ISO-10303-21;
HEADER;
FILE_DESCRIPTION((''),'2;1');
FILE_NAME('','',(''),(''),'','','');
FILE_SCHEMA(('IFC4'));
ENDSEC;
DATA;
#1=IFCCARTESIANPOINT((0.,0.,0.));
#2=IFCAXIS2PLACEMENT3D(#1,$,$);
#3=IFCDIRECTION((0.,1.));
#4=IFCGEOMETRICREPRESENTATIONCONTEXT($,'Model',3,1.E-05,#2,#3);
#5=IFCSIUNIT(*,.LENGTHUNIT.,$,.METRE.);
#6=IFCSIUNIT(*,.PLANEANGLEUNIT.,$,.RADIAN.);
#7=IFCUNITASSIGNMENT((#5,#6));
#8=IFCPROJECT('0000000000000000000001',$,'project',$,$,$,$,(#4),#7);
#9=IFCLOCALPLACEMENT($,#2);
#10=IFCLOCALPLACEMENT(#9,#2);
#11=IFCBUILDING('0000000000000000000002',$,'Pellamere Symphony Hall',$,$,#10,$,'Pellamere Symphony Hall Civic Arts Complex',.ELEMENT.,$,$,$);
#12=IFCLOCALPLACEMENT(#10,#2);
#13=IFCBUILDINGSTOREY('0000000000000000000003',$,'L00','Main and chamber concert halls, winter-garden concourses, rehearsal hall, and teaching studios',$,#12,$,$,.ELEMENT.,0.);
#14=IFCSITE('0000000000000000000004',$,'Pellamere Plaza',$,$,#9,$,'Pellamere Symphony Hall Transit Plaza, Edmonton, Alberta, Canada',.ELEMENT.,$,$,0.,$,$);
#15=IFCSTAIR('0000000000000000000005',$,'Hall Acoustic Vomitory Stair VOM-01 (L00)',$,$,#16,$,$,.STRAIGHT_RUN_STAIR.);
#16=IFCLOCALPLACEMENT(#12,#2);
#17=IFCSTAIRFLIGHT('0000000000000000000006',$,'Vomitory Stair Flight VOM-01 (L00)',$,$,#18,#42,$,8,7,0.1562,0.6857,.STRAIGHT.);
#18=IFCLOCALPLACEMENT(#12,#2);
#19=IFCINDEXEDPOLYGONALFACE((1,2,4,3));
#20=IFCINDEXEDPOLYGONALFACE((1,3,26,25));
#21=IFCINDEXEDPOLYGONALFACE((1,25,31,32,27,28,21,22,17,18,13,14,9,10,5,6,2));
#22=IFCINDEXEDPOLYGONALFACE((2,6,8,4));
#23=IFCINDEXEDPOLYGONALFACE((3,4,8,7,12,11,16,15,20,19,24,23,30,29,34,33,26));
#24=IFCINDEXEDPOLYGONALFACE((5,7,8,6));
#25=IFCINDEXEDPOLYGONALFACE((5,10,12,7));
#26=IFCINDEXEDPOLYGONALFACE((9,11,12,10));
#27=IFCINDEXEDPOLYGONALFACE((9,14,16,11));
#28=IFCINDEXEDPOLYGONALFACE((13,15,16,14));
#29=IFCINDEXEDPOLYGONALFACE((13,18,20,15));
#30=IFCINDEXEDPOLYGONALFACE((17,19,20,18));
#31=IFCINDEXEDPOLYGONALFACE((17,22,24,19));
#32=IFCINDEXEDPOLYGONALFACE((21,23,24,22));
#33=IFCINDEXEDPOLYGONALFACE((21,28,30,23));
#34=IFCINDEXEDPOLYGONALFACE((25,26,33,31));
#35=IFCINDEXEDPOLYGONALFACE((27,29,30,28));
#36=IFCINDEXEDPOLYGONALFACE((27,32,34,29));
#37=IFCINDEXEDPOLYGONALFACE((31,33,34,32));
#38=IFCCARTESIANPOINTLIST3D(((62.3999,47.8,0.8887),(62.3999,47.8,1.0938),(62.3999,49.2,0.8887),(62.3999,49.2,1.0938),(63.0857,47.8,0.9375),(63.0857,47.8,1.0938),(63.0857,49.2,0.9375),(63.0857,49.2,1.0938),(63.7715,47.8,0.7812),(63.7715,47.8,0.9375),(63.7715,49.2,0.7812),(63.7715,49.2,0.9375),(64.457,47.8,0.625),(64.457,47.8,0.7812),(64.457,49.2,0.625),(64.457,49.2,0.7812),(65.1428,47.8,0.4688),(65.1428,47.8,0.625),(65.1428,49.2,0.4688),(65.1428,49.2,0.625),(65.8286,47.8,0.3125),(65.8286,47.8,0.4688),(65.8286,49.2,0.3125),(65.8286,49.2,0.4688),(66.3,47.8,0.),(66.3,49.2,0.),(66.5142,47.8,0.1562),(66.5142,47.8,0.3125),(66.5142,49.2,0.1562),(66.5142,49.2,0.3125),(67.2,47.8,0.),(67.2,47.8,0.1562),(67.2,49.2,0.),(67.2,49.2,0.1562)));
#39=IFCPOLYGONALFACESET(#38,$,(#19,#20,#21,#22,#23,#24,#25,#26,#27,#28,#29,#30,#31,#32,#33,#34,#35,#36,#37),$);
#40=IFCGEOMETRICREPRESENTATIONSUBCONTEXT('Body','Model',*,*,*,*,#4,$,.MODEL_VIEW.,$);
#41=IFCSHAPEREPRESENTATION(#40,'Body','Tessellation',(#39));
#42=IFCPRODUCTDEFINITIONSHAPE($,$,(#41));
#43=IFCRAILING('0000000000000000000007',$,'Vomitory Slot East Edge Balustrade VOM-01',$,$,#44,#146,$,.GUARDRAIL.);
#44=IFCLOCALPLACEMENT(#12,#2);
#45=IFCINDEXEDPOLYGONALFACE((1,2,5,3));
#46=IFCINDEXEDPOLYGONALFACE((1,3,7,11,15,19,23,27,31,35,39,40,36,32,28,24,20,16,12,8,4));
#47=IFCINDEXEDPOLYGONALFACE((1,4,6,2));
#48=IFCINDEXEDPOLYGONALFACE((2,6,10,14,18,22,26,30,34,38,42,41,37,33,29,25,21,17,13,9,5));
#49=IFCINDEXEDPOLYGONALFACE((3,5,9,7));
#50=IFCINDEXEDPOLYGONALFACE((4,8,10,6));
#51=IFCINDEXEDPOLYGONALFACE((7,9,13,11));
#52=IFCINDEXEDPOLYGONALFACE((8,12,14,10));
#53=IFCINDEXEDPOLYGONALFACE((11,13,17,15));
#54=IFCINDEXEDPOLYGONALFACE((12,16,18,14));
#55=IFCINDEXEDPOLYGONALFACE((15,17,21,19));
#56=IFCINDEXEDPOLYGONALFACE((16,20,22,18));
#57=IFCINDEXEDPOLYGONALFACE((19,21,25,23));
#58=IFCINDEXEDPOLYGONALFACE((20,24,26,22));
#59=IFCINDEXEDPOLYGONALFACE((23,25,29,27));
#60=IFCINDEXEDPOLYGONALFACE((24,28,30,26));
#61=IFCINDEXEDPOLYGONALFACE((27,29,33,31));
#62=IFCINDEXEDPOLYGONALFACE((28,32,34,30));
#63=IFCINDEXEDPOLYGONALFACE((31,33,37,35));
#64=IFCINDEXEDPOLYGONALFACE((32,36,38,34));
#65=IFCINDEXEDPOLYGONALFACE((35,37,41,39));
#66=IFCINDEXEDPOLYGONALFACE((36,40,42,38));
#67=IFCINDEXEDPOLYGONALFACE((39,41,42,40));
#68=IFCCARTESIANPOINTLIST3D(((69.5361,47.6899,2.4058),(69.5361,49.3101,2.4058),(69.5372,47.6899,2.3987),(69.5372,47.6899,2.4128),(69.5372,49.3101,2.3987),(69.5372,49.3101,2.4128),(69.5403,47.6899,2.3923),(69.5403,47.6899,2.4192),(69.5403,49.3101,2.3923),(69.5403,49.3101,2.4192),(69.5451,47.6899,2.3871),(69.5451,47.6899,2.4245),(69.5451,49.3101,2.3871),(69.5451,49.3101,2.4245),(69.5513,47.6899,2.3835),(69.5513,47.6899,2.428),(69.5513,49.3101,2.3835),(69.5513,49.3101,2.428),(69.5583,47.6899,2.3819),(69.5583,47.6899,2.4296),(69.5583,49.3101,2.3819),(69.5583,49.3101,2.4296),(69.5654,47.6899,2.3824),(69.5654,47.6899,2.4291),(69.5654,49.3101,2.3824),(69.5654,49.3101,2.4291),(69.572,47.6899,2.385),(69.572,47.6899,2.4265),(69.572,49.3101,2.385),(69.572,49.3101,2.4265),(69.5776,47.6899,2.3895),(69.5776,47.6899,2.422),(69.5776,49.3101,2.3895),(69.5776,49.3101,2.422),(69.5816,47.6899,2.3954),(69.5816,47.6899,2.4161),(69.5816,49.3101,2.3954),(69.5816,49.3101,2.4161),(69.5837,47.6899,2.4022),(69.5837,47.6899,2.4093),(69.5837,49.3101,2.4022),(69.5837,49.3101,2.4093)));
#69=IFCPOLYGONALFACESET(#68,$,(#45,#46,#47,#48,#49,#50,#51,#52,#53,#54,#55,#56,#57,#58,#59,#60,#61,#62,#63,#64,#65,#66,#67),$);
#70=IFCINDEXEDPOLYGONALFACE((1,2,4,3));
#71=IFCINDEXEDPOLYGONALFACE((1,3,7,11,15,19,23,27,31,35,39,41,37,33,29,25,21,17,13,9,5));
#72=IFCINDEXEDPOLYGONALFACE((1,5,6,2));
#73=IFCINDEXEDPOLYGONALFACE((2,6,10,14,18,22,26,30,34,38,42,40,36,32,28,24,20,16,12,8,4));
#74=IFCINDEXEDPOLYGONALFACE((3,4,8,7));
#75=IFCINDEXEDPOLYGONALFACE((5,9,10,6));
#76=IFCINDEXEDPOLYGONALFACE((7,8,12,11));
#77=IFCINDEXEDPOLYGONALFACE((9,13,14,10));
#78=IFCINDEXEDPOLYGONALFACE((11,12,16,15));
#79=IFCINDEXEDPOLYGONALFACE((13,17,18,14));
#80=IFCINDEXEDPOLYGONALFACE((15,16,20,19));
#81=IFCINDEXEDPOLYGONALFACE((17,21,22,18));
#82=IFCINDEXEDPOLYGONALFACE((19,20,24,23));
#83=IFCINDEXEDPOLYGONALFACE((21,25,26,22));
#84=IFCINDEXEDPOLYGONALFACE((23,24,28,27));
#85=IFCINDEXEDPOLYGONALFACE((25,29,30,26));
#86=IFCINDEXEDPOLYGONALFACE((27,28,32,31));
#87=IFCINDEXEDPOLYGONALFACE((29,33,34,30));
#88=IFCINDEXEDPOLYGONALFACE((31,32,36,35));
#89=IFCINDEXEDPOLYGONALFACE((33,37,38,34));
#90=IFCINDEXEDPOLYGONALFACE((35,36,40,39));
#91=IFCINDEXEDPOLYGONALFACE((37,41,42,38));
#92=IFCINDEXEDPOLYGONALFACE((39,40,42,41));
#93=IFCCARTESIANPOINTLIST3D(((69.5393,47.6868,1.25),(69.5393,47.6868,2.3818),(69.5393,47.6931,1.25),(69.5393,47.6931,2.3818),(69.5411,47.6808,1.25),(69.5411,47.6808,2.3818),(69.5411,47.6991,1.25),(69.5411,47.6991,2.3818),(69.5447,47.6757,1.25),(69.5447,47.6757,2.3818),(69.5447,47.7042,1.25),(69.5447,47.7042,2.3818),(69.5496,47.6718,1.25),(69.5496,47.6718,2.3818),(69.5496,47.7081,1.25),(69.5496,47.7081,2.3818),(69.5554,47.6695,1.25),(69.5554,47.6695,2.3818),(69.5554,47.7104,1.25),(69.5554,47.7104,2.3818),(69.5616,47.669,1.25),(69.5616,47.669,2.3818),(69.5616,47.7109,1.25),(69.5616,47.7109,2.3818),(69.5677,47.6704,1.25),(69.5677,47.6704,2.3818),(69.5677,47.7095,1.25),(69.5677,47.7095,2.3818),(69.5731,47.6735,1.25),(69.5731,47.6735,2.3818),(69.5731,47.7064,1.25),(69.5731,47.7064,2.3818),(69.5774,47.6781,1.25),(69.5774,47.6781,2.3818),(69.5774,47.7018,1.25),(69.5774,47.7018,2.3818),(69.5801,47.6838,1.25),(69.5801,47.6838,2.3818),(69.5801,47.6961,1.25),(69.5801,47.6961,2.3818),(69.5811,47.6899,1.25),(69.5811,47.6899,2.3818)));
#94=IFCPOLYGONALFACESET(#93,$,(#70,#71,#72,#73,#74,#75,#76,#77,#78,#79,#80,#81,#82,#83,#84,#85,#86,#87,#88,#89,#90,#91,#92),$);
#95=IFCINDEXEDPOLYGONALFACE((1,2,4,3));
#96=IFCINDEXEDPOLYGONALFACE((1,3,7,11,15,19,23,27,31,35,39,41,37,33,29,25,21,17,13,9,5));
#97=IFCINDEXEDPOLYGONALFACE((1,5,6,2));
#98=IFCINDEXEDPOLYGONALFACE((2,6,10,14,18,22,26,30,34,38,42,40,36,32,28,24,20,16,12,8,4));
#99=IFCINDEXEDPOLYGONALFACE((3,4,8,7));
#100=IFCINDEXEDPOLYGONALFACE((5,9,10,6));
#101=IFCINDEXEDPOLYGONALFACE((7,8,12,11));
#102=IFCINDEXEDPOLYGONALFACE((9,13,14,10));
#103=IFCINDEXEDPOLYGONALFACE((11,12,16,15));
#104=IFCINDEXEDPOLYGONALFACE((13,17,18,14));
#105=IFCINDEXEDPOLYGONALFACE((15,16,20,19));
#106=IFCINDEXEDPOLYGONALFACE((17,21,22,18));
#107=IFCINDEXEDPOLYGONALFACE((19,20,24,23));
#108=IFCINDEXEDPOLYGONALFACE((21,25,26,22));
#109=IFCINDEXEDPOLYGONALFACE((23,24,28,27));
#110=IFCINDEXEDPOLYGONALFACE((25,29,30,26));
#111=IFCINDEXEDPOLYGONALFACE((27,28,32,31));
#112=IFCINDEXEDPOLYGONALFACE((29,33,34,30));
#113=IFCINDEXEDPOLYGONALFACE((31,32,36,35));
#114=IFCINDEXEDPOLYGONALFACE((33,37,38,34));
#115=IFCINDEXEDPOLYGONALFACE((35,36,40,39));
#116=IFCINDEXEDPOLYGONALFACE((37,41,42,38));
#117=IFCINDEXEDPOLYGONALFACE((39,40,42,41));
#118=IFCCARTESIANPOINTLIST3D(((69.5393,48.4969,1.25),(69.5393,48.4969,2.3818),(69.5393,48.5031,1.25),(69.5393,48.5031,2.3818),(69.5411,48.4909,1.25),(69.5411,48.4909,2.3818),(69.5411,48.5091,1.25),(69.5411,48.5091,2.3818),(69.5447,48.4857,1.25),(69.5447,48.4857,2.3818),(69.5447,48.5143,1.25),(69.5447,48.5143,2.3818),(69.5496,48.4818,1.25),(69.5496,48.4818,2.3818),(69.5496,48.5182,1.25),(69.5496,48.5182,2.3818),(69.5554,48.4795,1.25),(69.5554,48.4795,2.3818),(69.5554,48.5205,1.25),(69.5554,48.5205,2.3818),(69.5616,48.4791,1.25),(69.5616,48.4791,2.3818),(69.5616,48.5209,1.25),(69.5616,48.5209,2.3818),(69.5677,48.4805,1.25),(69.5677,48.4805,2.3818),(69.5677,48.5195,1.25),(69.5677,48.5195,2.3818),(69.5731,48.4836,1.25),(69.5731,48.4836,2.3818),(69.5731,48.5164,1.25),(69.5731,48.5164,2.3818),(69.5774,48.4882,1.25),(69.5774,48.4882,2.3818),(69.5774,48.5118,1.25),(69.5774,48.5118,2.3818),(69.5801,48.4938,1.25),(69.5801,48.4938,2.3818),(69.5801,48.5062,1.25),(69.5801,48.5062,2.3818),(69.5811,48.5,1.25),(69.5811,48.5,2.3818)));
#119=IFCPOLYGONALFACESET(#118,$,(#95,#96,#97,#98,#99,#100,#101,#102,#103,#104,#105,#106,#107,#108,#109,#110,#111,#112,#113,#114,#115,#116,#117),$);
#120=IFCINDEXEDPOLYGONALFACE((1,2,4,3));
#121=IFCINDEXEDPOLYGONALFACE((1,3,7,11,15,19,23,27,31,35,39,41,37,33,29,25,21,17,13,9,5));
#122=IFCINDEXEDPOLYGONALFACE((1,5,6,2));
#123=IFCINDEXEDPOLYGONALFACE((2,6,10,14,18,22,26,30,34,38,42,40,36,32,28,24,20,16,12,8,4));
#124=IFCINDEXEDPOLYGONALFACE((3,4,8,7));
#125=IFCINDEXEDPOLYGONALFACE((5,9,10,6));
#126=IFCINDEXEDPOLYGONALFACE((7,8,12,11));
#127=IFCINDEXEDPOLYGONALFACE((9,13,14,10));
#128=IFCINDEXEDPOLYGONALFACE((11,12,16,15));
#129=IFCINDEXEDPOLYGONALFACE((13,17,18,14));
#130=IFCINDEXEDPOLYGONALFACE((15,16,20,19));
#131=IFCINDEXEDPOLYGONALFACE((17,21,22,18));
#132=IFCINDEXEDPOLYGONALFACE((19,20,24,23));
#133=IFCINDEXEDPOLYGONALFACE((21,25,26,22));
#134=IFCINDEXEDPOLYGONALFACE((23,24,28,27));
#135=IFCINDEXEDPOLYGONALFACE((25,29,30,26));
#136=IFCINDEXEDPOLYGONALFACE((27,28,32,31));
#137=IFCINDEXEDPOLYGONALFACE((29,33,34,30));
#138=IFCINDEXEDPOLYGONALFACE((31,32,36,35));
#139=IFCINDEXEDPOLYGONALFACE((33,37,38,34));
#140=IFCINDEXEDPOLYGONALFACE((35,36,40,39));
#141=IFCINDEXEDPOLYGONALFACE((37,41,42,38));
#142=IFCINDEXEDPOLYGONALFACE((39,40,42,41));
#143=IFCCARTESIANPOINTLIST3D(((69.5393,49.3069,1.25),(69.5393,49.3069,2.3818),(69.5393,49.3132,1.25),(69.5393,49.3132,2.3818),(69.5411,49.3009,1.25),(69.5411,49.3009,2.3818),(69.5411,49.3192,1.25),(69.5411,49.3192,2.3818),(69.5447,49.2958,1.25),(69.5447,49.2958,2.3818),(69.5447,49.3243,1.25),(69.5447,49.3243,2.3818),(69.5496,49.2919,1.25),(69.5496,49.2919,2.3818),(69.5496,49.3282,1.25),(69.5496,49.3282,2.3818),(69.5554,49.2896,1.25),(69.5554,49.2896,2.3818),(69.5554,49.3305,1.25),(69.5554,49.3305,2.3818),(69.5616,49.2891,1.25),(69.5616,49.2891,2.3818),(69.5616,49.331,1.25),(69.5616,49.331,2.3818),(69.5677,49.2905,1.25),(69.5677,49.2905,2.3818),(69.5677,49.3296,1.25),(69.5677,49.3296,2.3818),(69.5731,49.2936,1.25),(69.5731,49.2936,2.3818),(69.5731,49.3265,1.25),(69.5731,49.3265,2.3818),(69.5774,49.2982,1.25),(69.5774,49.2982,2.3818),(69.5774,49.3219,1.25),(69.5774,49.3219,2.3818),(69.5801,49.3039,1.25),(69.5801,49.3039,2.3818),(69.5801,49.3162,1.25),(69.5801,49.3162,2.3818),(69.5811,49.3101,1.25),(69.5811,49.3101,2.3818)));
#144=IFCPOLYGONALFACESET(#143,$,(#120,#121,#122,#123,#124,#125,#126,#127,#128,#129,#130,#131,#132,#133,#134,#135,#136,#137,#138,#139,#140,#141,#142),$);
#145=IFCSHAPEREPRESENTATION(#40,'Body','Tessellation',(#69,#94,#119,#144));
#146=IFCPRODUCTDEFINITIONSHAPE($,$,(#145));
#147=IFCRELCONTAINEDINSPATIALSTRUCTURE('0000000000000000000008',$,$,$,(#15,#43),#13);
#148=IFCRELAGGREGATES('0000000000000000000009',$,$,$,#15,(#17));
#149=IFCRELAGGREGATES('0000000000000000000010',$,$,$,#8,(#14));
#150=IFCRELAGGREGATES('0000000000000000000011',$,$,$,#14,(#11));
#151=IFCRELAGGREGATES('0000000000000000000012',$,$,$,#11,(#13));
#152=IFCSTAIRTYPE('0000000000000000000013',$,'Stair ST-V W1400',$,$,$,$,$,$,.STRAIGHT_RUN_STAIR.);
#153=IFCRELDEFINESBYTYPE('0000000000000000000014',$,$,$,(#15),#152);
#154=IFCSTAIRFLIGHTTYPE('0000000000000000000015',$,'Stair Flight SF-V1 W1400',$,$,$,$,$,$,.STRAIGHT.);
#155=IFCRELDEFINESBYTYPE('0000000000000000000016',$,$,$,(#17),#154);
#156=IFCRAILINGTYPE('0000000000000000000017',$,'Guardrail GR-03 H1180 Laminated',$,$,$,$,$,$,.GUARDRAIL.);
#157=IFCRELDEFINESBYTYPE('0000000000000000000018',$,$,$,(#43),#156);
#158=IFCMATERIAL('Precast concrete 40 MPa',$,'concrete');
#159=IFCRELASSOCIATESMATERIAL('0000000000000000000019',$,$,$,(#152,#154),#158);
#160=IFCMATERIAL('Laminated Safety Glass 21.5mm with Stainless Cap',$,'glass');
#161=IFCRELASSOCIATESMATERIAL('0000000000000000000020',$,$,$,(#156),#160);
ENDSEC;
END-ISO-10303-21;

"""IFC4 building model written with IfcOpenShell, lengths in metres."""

from ifc_helpers import new_model, si_unit, direction, frame, origin, origin_2d, place, context, subcontext, project, spatial, polyline, circle, outline, extrude, material, type_object, element, aggregate, save


model = new_model("IFC4")

# Units and contexts
model_context = context("Model", 3, precision=1e-05, world=origin(), true_north=direction((0.0, 1.0)))
body_context = subcontext(model_context, "Body", "Model", "MODEL_VIEW")
ifc_project = project(units=[si_unit("LENGTHUNIT", "METRE"), si_unit("PLANEANGLEUNIT", "RADIAN")], contexts=[model_context])

# Site, building, storey
site_placement = place(None, origin())
site = spatial("IfcSite", under=ifc_project, at=site_placement, Name="Pellamere Plaza", LongName="Pellamere Symphony Hall Transit Plaza, Edmonton, Alberta, Canada", CompositionType="ELEMENT", RefElevation=0.0)
building_placement = place(site_placement, origin())
building = spatial("IfcBuilding", under=site, at=building_placement, Name="Pellamere Symphony Hall", LongName="Pellamere Symphony Hall Civic Arts Complex", CompositionType="ELEMENT")
storey_placement = place(building_placement, origin())
storey = spatial("IfcBuildingStorey", under=building, at=storey_placement, Name="L00", Description="Main and chamber concert halls, winter-garden concourses, rehearsal hall, and teaching studios", CompositionType="ELEMENT", Elevation=0.0)

# Stair, stair flight
ifc_material_1 = material(Name="Precast concrete 40 MPa", Category="concrete")
stair_type = type_object("IfcStairType", Name="Stair ST-V W1400", PredefinedType="STRAIGHT_RUN_STAIR", material=ifc_material_1)
stair_placement = place(storey_placement, origin())
stair = element("IfcStair", 1, at=stair_placement, inside=storey, type_object=stair_type, Name="Hall Acoustic Vomitory Stair VOM-01 (L00)", PredefinedType="STRAIGHT_RUN_STAIR")
stair_flight_type = type_object("IfcStairFlightType", Name="Stair Flight SF-V1 W1400", PredefinedType="STRAIGHT", material=ifc_material_1)
stair_flight_placement = place(storey_placement, frame((67.2, 48.5, 0.0), z_axis=(0.0, 0.0, 1.0), x_axis=(-1.0, 0.0, 0.0)))
stair_flight = element("IfcStairFlight", 2, at=stair_flight_placement, type_object=stair_flight_type, Name="Vomitory Stair Flight VOM-01 (L00)", NumberOfRisers=8, NumberOfTreads=7, PredefinedType="STRAIGHT", RiserHeight=0.1562, TreadLength=0.6857, context=body_context, shape_type="SweptSolid", body=[
    extrude(outline(polyline([(0.0, 0.0), (0.0, 0.1562), (0.6858, 0.1562), (0.6858, 0.3125), (1.3713, 0.3125), (1.3713, 0.4688), (2.0571, 0.4688), (2.0571, 0.625), (2.7429, 0.625), (2.7429, 0.7812), (3.4285, 0.7812), (3.4285, 0.9375), (4.1143, 0.9375), (4.1143, 1.0938), (4.8, 1.0938), (4.8, 1.25), (4.8, 0.8887), (0.8999, 0.0), (0.0, 0.0)])), frame((0.0, 0.7, 0.0), z_axis=(0.0, -1.0, 0.0), x_axis=(1.0, 0.0, 0.0)), (0.0, 0.0, 1.0), 1.3999),
])
aggregate(stair, [stair_flight])

# Railing
ifc_material_2 = material(Name="Laminated Safety Glass 21.5mm with Stainless Cap", Category="glass")
railing_type_1 = type_object("IfcRailingType", Name="Guardrail GR-03 H1180 Laminated", PredefinedType="GUARDRAIL", material=ifc_material_2)
railing_1_placement = place(storey_placement, frame((69.5601, 47.6899, 1.25)))
element("IfcRailing", 3, at=railing_1_placement, inside=storey, type_object=railing_type_1, Name="Vomitory Slot East Edge Balustrade VOM-01", PredefinedType="GUARDRAIL", context=body_context, shape_type="SweptSolid", body=[
    extrude(circle(Radius=0.0239, at=origin_2d()), frame((0.0, 0.0, 1.1558), z_axis=(0.0, 1.0, 0.0), x_axis=(-1.0, 0.0, 0.0)), (0.0, 0.0, 1.0), 1.6201),
    extrude(circle(Radius=0.021, at=origin_2d()), origin(), (0.0, 0.0, 1.0), 1.1318),
    extrude(circle(Radius=0.021, at=origin_2d()), frame((0.0, 0.8101, 0.0)), (0.0, 0.0, 1.0), 1.1318),
    extrude(circle(Radius=0.021, at=origin_2d()), frame((0.0, 1.6201, 0.0)), (0.0, 0.0, 1.0), 1.1318),
])

save(model, "model.ifc")
